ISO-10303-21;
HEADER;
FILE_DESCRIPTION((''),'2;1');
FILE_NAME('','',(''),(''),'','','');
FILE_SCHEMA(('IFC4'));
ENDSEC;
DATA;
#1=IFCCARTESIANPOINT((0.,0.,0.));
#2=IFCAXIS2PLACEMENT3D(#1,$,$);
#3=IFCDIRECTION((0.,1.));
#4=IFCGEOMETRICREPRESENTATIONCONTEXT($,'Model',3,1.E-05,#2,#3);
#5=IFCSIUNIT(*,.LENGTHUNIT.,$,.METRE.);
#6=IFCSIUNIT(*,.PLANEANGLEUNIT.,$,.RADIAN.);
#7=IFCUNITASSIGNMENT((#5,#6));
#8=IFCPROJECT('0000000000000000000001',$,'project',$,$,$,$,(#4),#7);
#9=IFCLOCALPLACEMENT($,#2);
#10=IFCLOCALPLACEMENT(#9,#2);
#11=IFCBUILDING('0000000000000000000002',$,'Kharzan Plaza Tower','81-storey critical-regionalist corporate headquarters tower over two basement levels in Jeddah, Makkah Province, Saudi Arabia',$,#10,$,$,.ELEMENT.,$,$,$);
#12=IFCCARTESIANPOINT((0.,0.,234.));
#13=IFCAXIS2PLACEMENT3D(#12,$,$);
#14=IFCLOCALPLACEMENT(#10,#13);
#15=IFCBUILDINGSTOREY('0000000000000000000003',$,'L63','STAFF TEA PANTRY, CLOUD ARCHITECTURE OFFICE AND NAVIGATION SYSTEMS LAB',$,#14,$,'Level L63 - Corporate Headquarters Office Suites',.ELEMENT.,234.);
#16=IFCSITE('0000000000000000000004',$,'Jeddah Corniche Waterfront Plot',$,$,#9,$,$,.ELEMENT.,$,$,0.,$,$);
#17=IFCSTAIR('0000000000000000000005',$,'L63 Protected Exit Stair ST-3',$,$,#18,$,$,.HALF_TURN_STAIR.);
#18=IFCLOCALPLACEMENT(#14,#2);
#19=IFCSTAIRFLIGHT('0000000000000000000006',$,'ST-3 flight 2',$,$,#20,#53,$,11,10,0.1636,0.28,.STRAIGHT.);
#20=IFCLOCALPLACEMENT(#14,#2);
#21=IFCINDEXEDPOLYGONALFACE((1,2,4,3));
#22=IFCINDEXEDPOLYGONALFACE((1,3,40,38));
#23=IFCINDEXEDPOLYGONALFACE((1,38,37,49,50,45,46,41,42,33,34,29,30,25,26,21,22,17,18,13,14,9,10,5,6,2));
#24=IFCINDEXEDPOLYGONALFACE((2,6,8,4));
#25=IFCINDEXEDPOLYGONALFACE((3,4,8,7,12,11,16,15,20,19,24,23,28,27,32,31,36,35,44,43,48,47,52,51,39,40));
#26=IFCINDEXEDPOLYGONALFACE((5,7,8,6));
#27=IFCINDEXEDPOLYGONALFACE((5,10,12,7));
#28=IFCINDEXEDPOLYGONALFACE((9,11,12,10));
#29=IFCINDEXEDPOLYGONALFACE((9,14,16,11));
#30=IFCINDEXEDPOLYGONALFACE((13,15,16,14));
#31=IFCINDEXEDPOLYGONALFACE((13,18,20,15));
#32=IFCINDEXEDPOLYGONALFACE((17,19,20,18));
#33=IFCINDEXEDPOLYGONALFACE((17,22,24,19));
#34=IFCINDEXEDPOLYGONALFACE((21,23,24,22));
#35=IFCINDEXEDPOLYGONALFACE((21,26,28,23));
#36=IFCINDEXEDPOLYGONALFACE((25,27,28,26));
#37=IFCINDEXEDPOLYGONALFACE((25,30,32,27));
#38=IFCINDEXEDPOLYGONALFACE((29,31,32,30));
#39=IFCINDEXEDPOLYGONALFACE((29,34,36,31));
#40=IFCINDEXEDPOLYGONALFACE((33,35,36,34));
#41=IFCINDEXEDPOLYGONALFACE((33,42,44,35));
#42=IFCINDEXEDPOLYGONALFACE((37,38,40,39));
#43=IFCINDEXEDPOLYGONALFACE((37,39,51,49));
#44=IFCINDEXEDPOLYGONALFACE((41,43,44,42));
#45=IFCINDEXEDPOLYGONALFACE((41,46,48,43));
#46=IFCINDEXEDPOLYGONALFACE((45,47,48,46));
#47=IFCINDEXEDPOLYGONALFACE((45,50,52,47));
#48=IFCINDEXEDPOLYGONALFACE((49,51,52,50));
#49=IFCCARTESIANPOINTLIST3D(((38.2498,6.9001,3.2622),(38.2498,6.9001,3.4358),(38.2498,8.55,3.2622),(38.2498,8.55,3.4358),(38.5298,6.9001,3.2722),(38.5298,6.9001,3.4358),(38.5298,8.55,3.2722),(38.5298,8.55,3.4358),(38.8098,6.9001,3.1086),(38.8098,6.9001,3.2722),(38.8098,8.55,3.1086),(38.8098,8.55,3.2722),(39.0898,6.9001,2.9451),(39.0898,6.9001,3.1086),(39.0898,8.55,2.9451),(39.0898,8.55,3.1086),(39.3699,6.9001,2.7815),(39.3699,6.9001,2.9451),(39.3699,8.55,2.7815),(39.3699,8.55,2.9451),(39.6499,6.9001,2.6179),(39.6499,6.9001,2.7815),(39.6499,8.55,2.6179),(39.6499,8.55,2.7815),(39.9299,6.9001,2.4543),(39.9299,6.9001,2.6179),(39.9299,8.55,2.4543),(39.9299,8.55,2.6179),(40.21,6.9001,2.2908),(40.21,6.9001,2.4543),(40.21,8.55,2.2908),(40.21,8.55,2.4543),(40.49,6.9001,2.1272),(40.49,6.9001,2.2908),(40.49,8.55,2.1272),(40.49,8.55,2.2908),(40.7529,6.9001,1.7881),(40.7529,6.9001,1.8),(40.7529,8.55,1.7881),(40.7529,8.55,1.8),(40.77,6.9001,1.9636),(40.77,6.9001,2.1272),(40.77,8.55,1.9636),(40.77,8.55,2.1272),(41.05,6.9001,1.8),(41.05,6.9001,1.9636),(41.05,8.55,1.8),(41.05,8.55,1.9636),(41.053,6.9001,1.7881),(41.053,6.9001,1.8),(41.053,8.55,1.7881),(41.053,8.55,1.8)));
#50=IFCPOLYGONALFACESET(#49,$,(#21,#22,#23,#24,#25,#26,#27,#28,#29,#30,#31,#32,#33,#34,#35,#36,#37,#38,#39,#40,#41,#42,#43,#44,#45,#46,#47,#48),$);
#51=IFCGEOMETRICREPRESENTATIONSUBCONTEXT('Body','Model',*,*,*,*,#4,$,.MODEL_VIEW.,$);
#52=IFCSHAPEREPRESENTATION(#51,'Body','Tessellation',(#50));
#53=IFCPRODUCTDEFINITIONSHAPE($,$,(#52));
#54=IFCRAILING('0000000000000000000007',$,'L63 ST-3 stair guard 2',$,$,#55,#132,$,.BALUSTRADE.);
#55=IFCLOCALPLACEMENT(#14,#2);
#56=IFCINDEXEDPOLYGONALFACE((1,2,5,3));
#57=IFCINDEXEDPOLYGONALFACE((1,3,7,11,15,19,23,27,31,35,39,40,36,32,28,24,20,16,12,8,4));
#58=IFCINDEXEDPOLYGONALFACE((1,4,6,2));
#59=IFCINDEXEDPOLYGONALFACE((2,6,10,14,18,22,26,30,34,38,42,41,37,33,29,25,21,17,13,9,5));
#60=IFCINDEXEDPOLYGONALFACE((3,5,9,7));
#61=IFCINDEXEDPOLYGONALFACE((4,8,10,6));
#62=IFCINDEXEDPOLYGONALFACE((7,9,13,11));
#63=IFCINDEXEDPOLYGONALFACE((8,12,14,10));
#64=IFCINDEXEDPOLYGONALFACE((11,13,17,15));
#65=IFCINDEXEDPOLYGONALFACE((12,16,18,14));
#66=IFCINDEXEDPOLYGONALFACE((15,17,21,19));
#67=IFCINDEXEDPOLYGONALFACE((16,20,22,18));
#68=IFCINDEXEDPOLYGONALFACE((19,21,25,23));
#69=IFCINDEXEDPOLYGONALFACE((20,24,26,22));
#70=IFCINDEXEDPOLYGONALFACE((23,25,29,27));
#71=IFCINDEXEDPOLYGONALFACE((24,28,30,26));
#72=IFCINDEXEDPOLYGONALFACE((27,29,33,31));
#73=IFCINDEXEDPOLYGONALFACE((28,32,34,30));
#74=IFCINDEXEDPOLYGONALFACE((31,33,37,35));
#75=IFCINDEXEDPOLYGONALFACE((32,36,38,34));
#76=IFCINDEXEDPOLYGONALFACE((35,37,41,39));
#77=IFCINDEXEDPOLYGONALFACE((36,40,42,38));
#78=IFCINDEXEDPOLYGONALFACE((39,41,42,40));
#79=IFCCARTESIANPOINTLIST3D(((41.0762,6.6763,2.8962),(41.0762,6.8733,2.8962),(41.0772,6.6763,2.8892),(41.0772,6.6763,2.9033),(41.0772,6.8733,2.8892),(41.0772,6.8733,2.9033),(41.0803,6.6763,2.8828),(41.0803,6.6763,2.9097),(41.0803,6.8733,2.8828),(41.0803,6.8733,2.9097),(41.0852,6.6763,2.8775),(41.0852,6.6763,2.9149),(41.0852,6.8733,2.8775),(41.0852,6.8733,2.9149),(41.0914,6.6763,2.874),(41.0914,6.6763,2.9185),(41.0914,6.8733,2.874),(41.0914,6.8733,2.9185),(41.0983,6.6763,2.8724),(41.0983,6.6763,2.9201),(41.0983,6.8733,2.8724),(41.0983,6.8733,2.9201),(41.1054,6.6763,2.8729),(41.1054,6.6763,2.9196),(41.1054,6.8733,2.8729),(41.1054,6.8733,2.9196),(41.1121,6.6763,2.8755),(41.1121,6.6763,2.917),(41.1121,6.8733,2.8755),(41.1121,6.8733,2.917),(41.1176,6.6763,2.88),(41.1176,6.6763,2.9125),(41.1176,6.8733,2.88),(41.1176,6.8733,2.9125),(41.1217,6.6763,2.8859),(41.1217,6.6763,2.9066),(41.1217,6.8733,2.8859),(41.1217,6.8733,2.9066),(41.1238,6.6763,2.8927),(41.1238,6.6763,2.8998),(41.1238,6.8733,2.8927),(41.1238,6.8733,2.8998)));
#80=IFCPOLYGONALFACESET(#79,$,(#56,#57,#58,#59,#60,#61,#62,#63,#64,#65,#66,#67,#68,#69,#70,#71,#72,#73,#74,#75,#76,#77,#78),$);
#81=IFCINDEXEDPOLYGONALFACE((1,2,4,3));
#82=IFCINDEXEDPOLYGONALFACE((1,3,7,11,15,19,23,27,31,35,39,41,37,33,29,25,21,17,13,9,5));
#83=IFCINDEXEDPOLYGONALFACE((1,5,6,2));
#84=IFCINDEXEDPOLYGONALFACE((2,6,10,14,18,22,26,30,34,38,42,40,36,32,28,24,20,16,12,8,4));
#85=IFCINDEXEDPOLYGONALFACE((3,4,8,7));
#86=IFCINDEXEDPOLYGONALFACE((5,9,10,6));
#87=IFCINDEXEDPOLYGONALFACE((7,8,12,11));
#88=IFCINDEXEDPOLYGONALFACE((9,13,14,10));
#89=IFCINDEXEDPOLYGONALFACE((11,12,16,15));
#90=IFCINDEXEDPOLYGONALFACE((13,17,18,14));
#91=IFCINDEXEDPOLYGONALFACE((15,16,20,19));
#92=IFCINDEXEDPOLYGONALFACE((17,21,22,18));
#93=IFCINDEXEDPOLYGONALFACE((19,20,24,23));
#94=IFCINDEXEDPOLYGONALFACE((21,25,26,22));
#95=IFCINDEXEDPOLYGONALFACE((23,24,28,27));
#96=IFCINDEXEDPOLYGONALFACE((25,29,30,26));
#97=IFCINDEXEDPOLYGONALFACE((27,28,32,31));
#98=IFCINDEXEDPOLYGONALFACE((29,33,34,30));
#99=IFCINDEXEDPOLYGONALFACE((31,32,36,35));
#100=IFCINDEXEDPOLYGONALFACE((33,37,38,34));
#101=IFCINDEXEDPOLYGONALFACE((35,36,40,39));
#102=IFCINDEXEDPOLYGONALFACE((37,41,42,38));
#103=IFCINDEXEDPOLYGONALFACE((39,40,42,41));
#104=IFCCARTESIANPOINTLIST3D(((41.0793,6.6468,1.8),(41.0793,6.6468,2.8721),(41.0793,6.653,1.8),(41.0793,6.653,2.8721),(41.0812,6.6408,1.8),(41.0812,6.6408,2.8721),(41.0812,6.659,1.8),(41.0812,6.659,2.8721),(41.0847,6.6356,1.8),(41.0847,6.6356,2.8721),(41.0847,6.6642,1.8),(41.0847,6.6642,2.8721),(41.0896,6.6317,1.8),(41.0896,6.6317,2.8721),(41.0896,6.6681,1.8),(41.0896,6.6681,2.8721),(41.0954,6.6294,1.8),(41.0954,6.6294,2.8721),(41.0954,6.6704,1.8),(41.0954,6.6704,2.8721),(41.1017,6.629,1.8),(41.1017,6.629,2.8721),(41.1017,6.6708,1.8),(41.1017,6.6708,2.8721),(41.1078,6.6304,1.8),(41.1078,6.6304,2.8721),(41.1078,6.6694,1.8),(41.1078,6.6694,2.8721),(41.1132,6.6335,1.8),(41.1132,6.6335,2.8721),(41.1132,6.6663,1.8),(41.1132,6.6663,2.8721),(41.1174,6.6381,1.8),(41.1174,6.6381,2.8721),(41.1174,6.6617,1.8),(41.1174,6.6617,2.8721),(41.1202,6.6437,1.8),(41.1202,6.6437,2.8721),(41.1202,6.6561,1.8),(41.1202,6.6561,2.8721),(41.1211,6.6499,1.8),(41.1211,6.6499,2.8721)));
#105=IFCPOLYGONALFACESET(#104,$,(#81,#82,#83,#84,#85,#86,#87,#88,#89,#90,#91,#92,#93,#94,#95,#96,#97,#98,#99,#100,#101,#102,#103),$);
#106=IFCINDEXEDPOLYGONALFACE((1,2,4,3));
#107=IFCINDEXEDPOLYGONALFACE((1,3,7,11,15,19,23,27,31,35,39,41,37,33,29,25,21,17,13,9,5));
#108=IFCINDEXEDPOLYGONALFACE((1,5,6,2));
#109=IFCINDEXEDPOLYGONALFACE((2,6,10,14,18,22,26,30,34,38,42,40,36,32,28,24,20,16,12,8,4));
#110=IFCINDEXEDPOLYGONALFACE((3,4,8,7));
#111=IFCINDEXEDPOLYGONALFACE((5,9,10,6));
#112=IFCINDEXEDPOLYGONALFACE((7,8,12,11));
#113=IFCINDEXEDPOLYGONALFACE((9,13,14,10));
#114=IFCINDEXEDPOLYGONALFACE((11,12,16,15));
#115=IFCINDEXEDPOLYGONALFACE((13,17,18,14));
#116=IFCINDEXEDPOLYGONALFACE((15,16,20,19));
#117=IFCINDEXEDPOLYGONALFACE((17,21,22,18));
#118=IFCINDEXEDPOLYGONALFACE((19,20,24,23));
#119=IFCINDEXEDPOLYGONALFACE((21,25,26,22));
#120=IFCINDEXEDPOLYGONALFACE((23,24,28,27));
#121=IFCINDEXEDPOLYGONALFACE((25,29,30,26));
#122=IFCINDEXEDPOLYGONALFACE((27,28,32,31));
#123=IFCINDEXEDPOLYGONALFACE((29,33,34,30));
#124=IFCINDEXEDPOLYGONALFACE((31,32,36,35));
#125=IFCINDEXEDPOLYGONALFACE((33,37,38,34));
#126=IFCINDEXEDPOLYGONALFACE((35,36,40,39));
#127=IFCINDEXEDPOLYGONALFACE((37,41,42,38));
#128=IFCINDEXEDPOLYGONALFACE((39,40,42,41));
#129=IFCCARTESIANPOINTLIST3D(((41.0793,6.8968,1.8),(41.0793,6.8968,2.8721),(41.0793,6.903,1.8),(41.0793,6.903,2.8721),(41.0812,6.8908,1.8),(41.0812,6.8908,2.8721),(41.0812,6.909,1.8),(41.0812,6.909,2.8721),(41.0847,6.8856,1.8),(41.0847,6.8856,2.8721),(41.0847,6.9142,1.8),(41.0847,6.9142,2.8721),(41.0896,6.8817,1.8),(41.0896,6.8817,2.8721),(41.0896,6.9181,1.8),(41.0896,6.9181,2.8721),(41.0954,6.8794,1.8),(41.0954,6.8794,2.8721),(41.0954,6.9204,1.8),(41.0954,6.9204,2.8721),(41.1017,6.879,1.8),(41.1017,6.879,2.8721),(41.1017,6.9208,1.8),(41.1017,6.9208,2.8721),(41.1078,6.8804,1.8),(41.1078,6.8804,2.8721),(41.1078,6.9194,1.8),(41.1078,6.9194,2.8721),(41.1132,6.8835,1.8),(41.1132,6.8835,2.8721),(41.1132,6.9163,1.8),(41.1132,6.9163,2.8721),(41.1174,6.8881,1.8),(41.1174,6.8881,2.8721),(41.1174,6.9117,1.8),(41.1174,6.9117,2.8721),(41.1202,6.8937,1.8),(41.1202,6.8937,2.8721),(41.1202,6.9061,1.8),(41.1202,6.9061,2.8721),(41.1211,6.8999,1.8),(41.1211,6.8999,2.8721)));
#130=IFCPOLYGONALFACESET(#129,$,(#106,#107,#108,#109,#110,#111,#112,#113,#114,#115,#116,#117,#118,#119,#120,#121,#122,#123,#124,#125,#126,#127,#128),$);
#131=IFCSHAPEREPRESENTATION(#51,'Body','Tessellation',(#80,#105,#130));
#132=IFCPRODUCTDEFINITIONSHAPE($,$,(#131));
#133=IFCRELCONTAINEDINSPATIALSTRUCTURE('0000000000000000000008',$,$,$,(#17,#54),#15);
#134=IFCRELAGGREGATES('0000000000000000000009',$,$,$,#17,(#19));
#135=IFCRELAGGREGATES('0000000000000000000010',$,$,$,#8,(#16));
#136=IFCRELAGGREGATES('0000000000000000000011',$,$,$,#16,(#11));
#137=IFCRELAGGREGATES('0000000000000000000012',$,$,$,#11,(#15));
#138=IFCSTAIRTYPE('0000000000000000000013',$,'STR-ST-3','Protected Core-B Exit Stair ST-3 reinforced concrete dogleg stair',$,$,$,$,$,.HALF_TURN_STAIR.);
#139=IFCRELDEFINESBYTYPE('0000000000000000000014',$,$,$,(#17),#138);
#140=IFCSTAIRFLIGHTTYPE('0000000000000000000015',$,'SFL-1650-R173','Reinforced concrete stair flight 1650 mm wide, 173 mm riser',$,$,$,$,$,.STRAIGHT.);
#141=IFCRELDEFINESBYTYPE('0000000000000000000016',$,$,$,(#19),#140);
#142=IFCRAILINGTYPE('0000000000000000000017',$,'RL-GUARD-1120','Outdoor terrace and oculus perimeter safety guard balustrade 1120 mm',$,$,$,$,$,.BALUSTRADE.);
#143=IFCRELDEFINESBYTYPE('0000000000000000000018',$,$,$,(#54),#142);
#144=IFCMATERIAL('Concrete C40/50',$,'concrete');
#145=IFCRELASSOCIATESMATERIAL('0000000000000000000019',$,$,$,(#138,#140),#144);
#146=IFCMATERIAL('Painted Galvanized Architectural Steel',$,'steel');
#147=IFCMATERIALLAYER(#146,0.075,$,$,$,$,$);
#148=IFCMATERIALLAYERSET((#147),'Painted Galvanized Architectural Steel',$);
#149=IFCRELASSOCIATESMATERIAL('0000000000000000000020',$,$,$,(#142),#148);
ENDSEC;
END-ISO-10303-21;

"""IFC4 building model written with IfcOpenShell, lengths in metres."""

from ifc_helpers import new_model, si_unit, direction, frame, origin, origin_2d, place, context, subcontext, project, spatial, polyline, circle, outline, extrude, source, transform, mapped, material, layer, layer_set, type_object, element, aggregate, save


model = new_model("IFC4")

# Units and contexts
model_context = context("Model", 3, precision=1e-05, world=origin(), true_north=direction((0.0, 1.0)))
body_context = subcontext(model_context, "Body", "Model", "MODEL_VIEW")
ifc_project = project(units=[si_unit("LENGTHUNIT", "METRE"), si_unit("PLANEANGLEUNIT", "RADIAN")], contexts=[model_context])

# Site, building, storey
site_placement = place(None, origin())
site = spatial("IfcSite", under=ifc_project, at=site_placement, Name="Jeddah Corniche Waterfront Plot", CompositionType="ELEMENT", RefElevation=0.0)
building_placement = place(site_placement, origin())
building = spatial("IfcBuilding", under=site, at=building_placement, Name="Kharzan Plaza Tower", Description="81-storey critical-regionalist corporate headquarters tower over two basement levels in Jeddah, Makkah Province, Saudi Arabia", CompositionType="ELEMENT")
storey_placement = place(building_placement, frame((0.0, 0.0, 234.0)))
storey = spatial("IfcBuildingStorey", under=building, at=storey_placement, Name="L63", Description="STAFF TEA PANTRY, CLOUD ARCHITECTURE OFFICE AND NAVIGATION SYSTEMS LAB", LongName="Level L63 - Corporate Headquarters Office Suites", CompositionType="ELEMENT", Elevation=234.0)

# Shared definitions
ifc_material_1 = material(Name="Concrete C40/50", Category="concrete")

# Stair, stair flight
stair_type = type_object("IfcStairType", Name="STR-ST-3", Description="Protected Core-B Exit Stair ST-3 reinforced concrete dogleg stair", PredefinedType="HALF_TURN_STAIR", material=ifc_material_1)
stair_placement = place(storey_placement, origin())
stair = element("IfcStair", 1, at=stair_placement, inside=storey, type_object=stair_type, Name="L63 Protected Exit Stair ST-3", PredefinedType="HALF_TURN_STAIR")
stair_flight_type = type_object("IfcStairFlightType", Name="SFL-1650-R173", Description="Reinforced concrete stair flight 1650 mm wide, 173 mm riser", PredefinedType="STRAIGHT", material=ifc_material_1)
shared_shape_1 = source(origin(), body_context, "Body", "SweptSolid", [
    extrude(outline(polyline([(-0.0029, -0.012), (-0.0029, 0.0), (0.0, 0.0), (0.0, 0.1636), (0.28, 0.1636), (0.28, 0.3271), (0.5601, 0.3271), (0.5601, 0.4907), (0.8401, 0.4907), (0.8401, 0.6543), (1.1201, 0.6543), (1.1201, 0.8179), (1.4001, 0.8179), (1.4001, 0.9814), (1.6802, 0.9814), (1.6802, 1.145), (1.9602, 1.145), (1.9602, 1.3086), (2.2402, 1.3086), (2.2402, 1.4722), (2.5203, 1.4722), (2.5203, 1.6357), (2.8003, 1.6357), (2.8003, 1.7993), (2.8003, 1.4622), (0.2971, 0.0), (0.2971, -0.012), (-0.0029, -0.012)])), frame((0.0, 0.825, 0.0), z_axis=(0.0, -1.0, 0.0), x_axis=(1.0, 0.0, 0.0)), (0.0, 0.0, 1.0), 1.6499),
])
stair_flight_placement = place(storey_placement, frame((41.05, 7.7251, 1.8), z_axis=(0.0, 0.0, 1.0), x_axis=(-1.0, 0.0, 0.0)))
stair_flight = element("IfcStairFlight", 2, at=stair_flight_placement, type_object=stair_flight_type, Name="ST-3 flight 2", NumberOfRisers=11, NumberOfTreads=10, PredefinedType="STRAIGHT", RiserHeight=0.1636, TreadLength=0.28, context=body_context, shape_type="MappedRepresentation", body=[
    mapped(shared_shape_1, transform((0.0, 0.0, 0.0), x_axis=(1.0, 0.0, 0.0), y_axis=(0.0, 1.0, 0.0), z_axis=(0.0, 0.0, 1.0))),
])
aggregate(stair, [stair_flight])

# Railing
ifc_material_2 = material(Name="Painted Galvanized Architectural Steel", Category="steel")
ifc_layer_1 = layer(ifc_material_2, 0.075)
ifc_layer_set_1 = layer_set([ifc_layer_1], Name="Painted Galvanized Architectural Steel")
railing_type_1 = type_object("IfcRailingType", Name="RL-GUARD-1120", Description="Outdoor terrace and oculus perimeter safety guard balustrade 1120 mm", PredefinedType="BALUSTRADE", material=ifc_layer_set_1)
shared_shape_2 = source(origin(), body_context, "Body", "SweptSolid", [
    extrude(circle(Radius=0.0239, at=origin_2d()), frame((0.0, 0.0264, 1.0962), z_axis=(0.0, 1.0, 0.0), x_axis=(-1.0, 0.0, 0.0)), (0.0, 0.0, 1.0), 0.197),
    extrude(circle(Radius=0.021, at=origin_2d()), origin(), (0.0, 0.0, 1.0), 1.072),
    extrude(circle(Radius=0.021, at=origin_2d()), frame((0.0, 0.25, 0.0)), (0.0, 0.0, 1.0), 1.072),
])
railing_1_placement = place(storey_placement, frame((41.1001, 6.6499, 1.8)))
element("IfcRailing", 3, at=railing_1_placement, inside=storey, type_object=railing_type_1, Name="L63 ST-3 stair guard 2", PredefinedType="BALUSTRADE", context=body_context, shape_type="MappedRepresentation", body=[
    mapped(shared_shape_2, transform((0.0, 0.0, 0.0), x_axis=(1.0, 0.0, 0.0), y_axis=(0.0, 1.0, 0.0), z_axis=(0.0, 0.0, 1.0))),
])

save(model, "model.ifc")
